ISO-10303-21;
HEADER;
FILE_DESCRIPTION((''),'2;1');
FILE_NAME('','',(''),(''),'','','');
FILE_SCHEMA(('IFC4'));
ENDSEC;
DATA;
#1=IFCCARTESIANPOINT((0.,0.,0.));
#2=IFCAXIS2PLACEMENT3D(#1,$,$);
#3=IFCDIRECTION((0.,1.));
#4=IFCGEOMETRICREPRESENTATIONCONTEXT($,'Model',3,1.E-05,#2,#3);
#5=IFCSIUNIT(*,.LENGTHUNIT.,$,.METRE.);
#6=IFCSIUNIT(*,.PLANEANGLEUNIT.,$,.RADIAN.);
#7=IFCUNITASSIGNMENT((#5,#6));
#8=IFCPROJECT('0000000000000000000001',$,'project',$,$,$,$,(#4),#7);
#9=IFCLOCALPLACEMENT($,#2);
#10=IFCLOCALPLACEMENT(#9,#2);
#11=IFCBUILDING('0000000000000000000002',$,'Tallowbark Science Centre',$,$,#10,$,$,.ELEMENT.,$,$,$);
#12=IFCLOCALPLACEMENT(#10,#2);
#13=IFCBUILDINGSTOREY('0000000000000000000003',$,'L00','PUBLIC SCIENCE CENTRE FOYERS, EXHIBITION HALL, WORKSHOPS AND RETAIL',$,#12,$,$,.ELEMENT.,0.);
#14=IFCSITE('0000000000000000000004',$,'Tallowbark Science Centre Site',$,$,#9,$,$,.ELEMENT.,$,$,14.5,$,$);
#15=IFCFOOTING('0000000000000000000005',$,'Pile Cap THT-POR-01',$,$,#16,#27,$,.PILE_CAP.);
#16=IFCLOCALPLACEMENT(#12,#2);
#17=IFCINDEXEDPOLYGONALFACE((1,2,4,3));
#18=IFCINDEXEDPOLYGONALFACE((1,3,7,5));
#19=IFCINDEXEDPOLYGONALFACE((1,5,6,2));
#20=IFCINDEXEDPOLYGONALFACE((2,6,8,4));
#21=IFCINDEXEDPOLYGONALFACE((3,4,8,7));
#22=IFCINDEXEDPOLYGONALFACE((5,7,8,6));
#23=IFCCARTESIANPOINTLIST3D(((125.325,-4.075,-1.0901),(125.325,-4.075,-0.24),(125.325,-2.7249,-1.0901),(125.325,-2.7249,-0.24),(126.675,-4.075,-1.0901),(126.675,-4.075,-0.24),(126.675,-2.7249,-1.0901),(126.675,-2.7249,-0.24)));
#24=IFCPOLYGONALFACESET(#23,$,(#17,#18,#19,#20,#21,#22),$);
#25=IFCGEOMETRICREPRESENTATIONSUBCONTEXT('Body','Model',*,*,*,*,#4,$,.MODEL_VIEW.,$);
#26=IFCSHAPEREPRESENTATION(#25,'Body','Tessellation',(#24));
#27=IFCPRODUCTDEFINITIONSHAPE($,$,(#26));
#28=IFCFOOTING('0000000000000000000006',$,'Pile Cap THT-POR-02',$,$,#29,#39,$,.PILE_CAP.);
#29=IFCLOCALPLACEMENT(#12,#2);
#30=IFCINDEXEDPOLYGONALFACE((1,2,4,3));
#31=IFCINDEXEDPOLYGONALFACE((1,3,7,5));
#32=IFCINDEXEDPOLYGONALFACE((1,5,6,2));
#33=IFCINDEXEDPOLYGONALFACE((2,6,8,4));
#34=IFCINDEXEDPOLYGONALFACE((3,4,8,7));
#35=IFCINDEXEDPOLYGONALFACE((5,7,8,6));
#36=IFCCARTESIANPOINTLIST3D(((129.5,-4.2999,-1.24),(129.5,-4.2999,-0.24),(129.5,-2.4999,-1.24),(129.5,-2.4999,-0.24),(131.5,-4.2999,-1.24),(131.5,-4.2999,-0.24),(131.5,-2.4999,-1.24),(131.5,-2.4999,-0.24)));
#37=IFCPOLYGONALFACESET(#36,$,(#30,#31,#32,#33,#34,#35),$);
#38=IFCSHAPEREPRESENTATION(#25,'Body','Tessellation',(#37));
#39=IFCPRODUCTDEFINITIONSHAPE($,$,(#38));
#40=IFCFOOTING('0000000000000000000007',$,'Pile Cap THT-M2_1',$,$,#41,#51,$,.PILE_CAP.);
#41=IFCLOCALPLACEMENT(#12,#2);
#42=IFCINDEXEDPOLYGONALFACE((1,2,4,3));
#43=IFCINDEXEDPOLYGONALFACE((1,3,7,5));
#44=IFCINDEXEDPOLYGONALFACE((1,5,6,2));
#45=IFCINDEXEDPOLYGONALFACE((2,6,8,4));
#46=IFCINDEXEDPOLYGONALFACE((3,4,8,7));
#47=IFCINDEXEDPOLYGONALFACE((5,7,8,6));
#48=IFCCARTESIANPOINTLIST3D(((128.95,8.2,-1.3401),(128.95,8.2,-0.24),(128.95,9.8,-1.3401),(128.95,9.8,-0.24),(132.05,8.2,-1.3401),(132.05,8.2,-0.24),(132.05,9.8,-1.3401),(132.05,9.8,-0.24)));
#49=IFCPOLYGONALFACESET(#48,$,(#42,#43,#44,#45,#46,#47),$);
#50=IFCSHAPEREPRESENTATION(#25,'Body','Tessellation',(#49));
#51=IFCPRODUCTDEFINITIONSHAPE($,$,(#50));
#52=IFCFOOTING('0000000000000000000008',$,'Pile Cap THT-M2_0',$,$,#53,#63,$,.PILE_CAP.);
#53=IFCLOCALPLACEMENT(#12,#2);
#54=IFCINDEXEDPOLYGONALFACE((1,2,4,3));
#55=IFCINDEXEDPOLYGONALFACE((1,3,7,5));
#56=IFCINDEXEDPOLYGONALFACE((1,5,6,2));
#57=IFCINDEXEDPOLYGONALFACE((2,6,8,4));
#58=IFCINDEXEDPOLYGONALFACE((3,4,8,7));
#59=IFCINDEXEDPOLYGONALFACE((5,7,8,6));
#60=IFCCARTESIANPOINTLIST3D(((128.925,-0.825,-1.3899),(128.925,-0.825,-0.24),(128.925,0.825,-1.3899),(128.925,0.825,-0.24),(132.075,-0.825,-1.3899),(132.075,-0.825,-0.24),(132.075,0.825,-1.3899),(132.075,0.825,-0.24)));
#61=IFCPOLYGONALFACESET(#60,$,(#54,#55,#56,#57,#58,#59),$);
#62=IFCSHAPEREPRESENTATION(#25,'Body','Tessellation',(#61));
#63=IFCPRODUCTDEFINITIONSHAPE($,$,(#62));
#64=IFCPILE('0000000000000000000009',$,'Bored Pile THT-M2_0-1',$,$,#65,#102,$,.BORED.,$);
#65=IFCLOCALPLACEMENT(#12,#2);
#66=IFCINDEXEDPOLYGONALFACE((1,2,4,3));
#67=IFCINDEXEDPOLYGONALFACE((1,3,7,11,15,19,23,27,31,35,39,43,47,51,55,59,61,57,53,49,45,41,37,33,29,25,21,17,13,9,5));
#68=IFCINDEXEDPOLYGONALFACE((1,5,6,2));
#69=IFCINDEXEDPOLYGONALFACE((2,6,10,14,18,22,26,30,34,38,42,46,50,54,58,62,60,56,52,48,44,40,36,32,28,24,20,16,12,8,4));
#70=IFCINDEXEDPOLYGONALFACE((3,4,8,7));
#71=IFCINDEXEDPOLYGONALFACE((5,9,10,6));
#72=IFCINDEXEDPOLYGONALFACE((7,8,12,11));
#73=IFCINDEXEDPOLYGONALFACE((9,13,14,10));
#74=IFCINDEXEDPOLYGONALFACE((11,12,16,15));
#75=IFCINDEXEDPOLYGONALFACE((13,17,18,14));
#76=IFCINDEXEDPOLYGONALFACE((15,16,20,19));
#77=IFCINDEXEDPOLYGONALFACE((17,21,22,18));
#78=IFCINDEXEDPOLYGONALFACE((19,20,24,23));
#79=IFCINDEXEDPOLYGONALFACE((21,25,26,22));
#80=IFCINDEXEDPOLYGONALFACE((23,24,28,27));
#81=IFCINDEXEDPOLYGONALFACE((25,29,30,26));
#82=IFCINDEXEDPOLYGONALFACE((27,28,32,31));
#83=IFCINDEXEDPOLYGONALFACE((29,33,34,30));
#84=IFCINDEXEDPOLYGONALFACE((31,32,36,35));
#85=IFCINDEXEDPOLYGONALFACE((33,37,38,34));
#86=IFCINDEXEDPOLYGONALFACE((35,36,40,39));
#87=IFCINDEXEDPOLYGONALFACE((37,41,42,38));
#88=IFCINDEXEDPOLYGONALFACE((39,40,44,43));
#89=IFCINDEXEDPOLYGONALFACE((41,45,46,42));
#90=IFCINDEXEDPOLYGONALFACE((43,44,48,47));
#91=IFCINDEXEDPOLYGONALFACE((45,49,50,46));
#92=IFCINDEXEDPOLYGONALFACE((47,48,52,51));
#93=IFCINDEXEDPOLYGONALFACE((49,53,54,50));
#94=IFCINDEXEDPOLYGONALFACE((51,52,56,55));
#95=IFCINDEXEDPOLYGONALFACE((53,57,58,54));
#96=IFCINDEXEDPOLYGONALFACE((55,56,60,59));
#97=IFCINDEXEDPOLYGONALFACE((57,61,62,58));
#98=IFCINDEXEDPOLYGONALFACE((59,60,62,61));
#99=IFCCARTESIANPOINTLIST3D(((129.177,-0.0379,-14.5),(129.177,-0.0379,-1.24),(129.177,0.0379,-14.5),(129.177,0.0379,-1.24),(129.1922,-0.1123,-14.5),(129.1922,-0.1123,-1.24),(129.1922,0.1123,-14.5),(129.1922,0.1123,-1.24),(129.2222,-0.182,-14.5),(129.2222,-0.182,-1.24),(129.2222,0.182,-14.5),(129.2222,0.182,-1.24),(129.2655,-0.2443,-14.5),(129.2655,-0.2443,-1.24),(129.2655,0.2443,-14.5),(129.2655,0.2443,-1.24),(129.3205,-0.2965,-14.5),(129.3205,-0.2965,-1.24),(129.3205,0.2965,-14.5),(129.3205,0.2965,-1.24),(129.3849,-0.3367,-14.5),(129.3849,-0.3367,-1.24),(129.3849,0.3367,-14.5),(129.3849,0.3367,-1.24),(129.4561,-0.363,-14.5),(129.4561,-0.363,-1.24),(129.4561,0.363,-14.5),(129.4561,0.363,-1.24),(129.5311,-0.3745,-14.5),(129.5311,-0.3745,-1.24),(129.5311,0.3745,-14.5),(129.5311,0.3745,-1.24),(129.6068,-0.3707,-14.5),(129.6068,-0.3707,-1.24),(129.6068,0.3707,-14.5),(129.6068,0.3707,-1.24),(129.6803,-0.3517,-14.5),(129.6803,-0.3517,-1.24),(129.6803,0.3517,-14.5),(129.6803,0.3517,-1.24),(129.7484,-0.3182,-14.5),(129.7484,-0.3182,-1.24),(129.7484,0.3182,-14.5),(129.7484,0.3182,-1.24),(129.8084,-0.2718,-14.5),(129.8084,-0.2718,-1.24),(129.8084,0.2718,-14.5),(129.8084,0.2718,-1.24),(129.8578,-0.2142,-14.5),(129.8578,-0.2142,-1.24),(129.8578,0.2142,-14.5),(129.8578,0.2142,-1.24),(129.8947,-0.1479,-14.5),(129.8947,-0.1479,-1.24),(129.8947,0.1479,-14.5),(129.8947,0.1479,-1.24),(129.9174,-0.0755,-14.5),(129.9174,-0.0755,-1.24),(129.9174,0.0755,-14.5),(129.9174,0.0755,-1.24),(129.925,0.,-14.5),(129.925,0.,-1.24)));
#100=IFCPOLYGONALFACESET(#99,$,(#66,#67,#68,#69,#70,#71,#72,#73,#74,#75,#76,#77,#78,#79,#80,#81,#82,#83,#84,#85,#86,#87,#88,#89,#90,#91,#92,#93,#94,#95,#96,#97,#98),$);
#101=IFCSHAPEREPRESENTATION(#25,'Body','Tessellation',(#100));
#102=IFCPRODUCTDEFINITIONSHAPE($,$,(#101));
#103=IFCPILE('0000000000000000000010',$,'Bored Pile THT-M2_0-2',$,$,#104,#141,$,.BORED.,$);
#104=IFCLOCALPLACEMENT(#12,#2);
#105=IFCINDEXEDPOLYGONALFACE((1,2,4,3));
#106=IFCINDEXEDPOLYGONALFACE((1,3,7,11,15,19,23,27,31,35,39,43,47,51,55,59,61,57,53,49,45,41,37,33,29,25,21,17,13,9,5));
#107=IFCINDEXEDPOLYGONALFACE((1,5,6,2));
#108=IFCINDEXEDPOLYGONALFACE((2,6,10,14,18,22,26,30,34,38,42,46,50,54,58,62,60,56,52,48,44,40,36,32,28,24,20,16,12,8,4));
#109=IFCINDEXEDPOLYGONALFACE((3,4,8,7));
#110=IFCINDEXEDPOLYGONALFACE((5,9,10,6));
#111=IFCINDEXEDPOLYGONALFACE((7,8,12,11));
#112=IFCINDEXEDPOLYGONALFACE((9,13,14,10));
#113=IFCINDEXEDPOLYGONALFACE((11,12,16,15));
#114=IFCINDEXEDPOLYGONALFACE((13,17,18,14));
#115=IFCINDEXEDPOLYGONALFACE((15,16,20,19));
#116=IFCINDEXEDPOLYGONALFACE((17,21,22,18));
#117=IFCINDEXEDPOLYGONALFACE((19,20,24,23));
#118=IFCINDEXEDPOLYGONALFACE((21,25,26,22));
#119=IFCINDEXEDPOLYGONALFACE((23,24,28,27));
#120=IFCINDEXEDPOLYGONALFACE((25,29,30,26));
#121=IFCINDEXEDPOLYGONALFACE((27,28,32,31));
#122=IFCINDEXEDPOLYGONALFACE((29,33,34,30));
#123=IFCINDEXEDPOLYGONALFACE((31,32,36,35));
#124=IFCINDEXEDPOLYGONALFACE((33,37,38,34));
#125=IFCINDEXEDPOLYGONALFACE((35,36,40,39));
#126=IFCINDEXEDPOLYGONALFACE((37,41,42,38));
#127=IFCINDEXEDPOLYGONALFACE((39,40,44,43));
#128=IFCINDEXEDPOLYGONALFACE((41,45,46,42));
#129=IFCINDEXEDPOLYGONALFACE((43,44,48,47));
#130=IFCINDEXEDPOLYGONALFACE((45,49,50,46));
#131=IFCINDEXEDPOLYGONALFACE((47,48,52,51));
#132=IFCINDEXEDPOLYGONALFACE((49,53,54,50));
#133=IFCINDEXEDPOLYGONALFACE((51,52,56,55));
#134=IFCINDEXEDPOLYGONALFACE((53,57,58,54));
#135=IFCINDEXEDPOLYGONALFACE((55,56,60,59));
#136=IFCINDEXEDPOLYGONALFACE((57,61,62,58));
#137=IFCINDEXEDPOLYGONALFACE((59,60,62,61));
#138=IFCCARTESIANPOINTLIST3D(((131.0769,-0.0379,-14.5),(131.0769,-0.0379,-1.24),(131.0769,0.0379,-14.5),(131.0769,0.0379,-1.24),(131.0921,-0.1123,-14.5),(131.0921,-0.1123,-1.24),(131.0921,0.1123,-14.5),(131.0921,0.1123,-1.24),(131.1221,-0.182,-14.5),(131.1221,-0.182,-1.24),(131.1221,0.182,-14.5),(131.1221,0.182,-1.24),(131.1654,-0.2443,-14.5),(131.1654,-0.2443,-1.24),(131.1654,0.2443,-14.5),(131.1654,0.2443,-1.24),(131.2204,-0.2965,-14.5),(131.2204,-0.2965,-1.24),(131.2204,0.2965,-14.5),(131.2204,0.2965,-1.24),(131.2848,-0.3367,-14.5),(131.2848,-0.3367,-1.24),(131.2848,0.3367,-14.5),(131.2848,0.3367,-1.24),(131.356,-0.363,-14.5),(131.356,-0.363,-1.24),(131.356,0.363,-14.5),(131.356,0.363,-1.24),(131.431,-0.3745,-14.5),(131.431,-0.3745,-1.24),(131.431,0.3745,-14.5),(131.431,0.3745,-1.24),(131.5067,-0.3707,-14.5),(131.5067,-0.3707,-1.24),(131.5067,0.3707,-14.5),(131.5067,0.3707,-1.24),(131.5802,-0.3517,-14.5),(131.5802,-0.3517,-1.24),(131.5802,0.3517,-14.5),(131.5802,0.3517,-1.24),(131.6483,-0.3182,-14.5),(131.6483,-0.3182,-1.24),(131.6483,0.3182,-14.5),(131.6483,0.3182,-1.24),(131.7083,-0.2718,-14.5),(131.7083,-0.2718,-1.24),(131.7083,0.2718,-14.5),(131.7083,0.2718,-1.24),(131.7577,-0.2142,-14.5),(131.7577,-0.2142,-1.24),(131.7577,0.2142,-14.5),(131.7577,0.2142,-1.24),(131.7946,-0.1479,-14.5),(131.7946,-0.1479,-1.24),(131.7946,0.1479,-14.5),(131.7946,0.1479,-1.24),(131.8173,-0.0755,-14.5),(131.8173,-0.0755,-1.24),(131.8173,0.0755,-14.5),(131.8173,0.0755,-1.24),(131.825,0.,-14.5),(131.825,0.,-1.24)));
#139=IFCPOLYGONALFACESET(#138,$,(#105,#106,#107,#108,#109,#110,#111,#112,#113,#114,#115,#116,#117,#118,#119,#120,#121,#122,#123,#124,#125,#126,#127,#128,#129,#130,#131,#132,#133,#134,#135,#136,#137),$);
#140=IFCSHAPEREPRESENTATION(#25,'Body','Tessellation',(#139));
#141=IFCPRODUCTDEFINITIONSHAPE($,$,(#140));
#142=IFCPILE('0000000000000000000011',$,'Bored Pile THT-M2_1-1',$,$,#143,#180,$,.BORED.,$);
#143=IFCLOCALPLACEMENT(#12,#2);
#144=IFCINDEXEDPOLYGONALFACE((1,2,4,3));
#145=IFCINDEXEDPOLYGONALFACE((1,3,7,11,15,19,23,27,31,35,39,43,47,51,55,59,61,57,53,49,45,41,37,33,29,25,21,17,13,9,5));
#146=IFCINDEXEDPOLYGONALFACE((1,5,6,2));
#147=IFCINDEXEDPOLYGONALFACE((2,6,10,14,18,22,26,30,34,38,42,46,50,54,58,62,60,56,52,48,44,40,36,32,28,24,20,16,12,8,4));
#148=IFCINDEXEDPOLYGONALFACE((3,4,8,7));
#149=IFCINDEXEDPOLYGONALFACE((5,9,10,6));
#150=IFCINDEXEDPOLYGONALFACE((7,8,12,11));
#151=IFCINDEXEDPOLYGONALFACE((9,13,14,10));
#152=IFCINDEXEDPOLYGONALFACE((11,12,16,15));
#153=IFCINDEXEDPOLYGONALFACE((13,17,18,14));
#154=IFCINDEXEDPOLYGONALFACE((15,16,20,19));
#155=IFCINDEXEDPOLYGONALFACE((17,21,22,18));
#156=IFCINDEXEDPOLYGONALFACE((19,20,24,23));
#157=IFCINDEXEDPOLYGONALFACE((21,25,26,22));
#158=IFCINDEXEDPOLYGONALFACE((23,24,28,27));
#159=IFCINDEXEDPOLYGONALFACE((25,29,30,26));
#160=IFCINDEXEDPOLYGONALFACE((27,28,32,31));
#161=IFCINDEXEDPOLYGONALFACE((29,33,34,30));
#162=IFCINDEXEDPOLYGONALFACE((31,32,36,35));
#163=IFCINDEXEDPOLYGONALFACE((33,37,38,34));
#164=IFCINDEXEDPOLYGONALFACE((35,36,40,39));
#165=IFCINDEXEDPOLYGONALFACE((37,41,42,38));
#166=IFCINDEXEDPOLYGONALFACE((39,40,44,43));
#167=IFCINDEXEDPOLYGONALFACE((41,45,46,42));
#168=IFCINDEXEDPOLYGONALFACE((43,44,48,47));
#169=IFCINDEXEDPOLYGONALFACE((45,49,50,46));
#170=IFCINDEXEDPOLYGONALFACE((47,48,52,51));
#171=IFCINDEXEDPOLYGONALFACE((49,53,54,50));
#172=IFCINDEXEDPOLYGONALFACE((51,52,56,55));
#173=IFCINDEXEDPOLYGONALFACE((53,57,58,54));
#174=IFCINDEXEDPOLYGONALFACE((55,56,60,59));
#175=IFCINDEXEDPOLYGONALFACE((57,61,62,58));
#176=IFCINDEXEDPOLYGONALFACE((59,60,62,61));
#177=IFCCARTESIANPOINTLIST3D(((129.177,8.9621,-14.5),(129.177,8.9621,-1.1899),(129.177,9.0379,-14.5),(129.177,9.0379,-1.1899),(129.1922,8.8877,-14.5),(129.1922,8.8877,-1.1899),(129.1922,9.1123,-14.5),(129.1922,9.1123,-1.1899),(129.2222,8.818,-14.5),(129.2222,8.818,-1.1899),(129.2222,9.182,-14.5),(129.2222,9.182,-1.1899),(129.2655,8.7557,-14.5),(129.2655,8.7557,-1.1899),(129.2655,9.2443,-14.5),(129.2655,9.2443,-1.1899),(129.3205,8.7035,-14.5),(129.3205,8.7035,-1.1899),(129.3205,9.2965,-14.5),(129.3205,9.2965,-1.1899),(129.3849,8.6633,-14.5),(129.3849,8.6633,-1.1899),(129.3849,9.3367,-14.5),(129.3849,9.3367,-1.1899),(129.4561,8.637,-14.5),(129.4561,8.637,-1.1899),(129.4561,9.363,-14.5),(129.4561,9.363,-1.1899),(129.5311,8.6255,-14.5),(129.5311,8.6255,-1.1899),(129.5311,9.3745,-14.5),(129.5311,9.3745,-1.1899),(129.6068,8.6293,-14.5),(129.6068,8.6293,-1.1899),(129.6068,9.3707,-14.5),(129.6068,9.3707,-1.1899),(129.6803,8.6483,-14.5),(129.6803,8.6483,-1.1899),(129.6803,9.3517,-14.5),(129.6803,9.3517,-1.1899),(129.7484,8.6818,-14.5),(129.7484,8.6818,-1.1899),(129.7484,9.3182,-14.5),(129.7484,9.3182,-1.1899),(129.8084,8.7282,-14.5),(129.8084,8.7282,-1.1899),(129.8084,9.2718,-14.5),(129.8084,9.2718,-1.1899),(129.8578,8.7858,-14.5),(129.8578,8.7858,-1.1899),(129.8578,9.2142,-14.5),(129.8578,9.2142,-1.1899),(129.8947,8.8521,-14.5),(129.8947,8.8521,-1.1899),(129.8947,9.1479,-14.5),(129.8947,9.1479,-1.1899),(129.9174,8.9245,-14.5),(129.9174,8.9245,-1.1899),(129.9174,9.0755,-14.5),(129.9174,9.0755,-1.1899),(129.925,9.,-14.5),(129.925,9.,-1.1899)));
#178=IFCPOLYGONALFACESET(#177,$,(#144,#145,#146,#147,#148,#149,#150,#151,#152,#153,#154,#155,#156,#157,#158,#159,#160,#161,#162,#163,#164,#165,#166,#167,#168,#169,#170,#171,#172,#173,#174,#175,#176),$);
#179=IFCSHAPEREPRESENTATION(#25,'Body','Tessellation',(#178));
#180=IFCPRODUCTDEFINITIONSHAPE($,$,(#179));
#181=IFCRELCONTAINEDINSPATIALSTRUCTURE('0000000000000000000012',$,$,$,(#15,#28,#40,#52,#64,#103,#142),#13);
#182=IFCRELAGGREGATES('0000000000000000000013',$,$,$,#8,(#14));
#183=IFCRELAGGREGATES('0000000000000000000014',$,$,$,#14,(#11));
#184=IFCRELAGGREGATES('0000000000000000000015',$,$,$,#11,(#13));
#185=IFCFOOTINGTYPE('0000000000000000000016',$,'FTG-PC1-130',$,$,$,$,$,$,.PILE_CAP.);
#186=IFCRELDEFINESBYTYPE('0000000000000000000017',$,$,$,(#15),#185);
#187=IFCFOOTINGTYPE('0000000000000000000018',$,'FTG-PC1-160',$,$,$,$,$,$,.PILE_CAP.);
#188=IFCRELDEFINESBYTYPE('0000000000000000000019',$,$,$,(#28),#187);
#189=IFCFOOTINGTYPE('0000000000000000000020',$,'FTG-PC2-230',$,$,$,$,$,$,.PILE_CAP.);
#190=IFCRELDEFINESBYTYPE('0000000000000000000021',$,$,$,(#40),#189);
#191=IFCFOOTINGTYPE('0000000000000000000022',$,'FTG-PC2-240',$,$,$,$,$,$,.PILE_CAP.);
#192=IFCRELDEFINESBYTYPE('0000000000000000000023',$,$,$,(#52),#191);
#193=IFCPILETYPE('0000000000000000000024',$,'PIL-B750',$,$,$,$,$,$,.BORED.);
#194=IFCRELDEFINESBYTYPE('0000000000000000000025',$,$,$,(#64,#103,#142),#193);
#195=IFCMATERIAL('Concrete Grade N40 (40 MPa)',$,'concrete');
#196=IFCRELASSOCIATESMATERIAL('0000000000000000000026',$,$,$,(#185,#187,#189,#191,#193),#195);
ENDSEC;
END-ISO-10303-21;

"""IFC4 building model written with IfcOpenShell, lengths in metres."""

from ifc_helpers import new_model, si_unit, direction, frame, origin, origin_2d, place, context, subcontext, project, spatial, rectangle, circle, extrude, material, material_profile, profile_set, type_object, element, save


model = new_model("IFC4")

# Units and contexts
model_context = context("Model", 3, precision=1e-05, world=origin(), true_north=direction((0.0, 1.0)))
body_context = subcontext(model_context, "Body", "Model", "MODEL_VIEW")
ifc_project = project(units=[si_unit("LENGTHUNIT", "METRE"), si_unit("PLANEANGLEUNIT", "RADIAN")], contexts=[model_context])

# Site, building, storey
site_placement = place(None, origin())
site = spatial("IfcSite", under=ifc_project, at=site_placement, Name="Tallowbark Science Centre Site", CompositionType="ELEMENT", RefElevation=14.5)
building_placement = place(site_placement, origin())
building = spatial("IfcBuilding", under=site, at=building_placement, Name="Tallowbark Science Centre", CompositionType="ELEMENT")
storey_placement = place(building_placement, origin())
storey = spatial("IfcBuildingStorey", under=building, at=storey_placement, Name="L00", Description="PUBLIC SCIENCE CENTRE FOYERS, EXHIBITION HALL, WORKSHOPS AND RETAIL", CompositionType="ELEMENT", Elevation=0.0)

# Footings
ifc_material_1 = material(Name="Concrete Grade N40 (40 MPa)", Category="concrete")
footing_type_1 = type_object("IfcFootingType", Name="FTG-PC1-130", PredefinedType="PILE_CAP", material=ifc_material_1)
footing_1_placement = place(storey_placement, frame((126.0, -3.3999, -1.0901), z_axis=(0.0, 0.0, 1.0), x_axis=(1.0, 0.0, 0.0)))
element("IfcFooting", 1, at=footing_1_placement, inside=storey, type_object=footing_type_1, Name="Pile Cap THT-POR-01", PredefinedType="PILE_CAP", context=body_context, shape_type="SweptSolid", body=[
    extrude(rectangle(XDim=1.3501, YDim=1.3501, at=origin_2d()), origin(), (0.0, 0.0, 1.0), 0.8501),
])
footing_type_2 = type_object("IfcFootingType", Name="FTG-PC1-160", PredefinedType="PILE_CAP", material=ifc_material_1)
footing_2_placement = place(storey_placement, frame((130.5, -3.3999, -1.24), z_axis=(0.0, 0.0, 1.0), x_axis=(1.0, 0.0, 0.0)))
element("IfcFooting", 2, at=footing_2_placement, inside=storey, type_object=footing_type_2, Name="Pile Cap THT-POR-02", PredefinedType="PILE_CAP", context=body_context, shape_type="SweptSolid", body=[
    extrude(rectangle(XDim=2.0, YDim=1.8, at=origin_2d()), origin(), (0.0, 0.0, 1.0), 1.0),
])
footing_type_3 = type_object("IfcFootingType", Name="FTG-PC2-230", PredefinedType="PILE_CAP", material=ifc_material_1)
footing_3_placement = place(storey_placement, frame((130.5, 9.0, -1.3401), z_axis=(0.0, 0.0, 1.0), x_axis=(1.0, 0.0, 0.0)))
element("IfcFooting", 3, at=footing_3_placement, inside=storey, type_object=footing_type_3, Name="Pile Cap THT-M2_1", PredefinedType="PILE_CAP", context=body_context, shape_type="SweptSolid", body=[
    extrude(rectangle(XDim=3.1001, YDim=1.6001, at=origin_2d()), origin(), (0.0, 0.0, 1.0), 1.1001),
])
footing_type_4 = type_object("IfcFootingType", Name="FTG-PC2-240", PredefinedType="PILE_CAP", material=ifc_material_1)
footing_4_placement = place(storey_placement, frame((130.5, 0.0, -1.3899), z_axis=(0.0, 0.0, 1.0), x_axis=(1.0, 0.0, 0.0)))
element("IfcFooting", 4, at=footing_4_placement, inside=storey, type_object=footing_type_4, Name="Pile Cap THT-M2_0", PredefinedType="PILE_CAP", context=body_context, shape_type="SweptSolid", body=[
    extrude(rectangle(XDim=3.1499, YDim=1.6499, at=origin_2d()), origin(), (0.0, 0.0, 1.0), 1.1499),
])

# Piles
ifc_material_profile_1 = material_profile(ifc_material_1, circle(Radius=0.375, at=origin_2d()), Name="PILE750")
ifc_profile_set_1 = profile_set([ifc_material_profile_1], Name="Concrete Grade N40 (40 MPa)")
pile_type = type_object("IfcPileType", Name="PIL-B750", PredefinedType="BORED", material=ifc_profile_set_1)
for number, where, z_axis, x_axis, name in (
    (5, (129.55, 0.0, -1.24), (0.0, 0.0, -1.0), (1.0, 0.0, 0.0), "Bored Pile THT-M2_0-1"),
    (6, (131.45, 0.0, -1.24), (0.0, 0.0, -1.0), (1.0, 0.0, 0.0), "Bored Pile THT-M2_0-2"),
):
    element("IfcPile", number, at=place(storey_placement, frame(where, z_axis=z_axis, x_axis=x_axis)), inside=storey, type_object=pile_type, Name=name, PredefinedType="BORED", context=body_context, shape_type="SweptSolid", body=[
        extrude(circle(Radius=0.375, at=origin_2d()), origin(), (0.0, 0.0, 1.0), 13.26),
    ])
for number, where, z_axis, x_axis, name in (
    (7, (129.55, 9.0, -1.1899), (0.0, 0.0, -1.0), (1.0, 0.0, 0.0), "Bored Pile THT-M2_1-1"),
):
    element("IfcPile", number, at=place(storey_placement, frame(where, z_axis=z_axis, x_axis=x_axis)), inside=storey, type_object=pile_type, Name=name, PredefinedType="BORED", context=body_context, shape_type="SweptSolid", body=[
        extrude(circle(Radius=0.375, at=origin_2d()), origin(), (0.0, 0.0, 1.0), 13.3101),
    ])

save(model, "model.ifc")
